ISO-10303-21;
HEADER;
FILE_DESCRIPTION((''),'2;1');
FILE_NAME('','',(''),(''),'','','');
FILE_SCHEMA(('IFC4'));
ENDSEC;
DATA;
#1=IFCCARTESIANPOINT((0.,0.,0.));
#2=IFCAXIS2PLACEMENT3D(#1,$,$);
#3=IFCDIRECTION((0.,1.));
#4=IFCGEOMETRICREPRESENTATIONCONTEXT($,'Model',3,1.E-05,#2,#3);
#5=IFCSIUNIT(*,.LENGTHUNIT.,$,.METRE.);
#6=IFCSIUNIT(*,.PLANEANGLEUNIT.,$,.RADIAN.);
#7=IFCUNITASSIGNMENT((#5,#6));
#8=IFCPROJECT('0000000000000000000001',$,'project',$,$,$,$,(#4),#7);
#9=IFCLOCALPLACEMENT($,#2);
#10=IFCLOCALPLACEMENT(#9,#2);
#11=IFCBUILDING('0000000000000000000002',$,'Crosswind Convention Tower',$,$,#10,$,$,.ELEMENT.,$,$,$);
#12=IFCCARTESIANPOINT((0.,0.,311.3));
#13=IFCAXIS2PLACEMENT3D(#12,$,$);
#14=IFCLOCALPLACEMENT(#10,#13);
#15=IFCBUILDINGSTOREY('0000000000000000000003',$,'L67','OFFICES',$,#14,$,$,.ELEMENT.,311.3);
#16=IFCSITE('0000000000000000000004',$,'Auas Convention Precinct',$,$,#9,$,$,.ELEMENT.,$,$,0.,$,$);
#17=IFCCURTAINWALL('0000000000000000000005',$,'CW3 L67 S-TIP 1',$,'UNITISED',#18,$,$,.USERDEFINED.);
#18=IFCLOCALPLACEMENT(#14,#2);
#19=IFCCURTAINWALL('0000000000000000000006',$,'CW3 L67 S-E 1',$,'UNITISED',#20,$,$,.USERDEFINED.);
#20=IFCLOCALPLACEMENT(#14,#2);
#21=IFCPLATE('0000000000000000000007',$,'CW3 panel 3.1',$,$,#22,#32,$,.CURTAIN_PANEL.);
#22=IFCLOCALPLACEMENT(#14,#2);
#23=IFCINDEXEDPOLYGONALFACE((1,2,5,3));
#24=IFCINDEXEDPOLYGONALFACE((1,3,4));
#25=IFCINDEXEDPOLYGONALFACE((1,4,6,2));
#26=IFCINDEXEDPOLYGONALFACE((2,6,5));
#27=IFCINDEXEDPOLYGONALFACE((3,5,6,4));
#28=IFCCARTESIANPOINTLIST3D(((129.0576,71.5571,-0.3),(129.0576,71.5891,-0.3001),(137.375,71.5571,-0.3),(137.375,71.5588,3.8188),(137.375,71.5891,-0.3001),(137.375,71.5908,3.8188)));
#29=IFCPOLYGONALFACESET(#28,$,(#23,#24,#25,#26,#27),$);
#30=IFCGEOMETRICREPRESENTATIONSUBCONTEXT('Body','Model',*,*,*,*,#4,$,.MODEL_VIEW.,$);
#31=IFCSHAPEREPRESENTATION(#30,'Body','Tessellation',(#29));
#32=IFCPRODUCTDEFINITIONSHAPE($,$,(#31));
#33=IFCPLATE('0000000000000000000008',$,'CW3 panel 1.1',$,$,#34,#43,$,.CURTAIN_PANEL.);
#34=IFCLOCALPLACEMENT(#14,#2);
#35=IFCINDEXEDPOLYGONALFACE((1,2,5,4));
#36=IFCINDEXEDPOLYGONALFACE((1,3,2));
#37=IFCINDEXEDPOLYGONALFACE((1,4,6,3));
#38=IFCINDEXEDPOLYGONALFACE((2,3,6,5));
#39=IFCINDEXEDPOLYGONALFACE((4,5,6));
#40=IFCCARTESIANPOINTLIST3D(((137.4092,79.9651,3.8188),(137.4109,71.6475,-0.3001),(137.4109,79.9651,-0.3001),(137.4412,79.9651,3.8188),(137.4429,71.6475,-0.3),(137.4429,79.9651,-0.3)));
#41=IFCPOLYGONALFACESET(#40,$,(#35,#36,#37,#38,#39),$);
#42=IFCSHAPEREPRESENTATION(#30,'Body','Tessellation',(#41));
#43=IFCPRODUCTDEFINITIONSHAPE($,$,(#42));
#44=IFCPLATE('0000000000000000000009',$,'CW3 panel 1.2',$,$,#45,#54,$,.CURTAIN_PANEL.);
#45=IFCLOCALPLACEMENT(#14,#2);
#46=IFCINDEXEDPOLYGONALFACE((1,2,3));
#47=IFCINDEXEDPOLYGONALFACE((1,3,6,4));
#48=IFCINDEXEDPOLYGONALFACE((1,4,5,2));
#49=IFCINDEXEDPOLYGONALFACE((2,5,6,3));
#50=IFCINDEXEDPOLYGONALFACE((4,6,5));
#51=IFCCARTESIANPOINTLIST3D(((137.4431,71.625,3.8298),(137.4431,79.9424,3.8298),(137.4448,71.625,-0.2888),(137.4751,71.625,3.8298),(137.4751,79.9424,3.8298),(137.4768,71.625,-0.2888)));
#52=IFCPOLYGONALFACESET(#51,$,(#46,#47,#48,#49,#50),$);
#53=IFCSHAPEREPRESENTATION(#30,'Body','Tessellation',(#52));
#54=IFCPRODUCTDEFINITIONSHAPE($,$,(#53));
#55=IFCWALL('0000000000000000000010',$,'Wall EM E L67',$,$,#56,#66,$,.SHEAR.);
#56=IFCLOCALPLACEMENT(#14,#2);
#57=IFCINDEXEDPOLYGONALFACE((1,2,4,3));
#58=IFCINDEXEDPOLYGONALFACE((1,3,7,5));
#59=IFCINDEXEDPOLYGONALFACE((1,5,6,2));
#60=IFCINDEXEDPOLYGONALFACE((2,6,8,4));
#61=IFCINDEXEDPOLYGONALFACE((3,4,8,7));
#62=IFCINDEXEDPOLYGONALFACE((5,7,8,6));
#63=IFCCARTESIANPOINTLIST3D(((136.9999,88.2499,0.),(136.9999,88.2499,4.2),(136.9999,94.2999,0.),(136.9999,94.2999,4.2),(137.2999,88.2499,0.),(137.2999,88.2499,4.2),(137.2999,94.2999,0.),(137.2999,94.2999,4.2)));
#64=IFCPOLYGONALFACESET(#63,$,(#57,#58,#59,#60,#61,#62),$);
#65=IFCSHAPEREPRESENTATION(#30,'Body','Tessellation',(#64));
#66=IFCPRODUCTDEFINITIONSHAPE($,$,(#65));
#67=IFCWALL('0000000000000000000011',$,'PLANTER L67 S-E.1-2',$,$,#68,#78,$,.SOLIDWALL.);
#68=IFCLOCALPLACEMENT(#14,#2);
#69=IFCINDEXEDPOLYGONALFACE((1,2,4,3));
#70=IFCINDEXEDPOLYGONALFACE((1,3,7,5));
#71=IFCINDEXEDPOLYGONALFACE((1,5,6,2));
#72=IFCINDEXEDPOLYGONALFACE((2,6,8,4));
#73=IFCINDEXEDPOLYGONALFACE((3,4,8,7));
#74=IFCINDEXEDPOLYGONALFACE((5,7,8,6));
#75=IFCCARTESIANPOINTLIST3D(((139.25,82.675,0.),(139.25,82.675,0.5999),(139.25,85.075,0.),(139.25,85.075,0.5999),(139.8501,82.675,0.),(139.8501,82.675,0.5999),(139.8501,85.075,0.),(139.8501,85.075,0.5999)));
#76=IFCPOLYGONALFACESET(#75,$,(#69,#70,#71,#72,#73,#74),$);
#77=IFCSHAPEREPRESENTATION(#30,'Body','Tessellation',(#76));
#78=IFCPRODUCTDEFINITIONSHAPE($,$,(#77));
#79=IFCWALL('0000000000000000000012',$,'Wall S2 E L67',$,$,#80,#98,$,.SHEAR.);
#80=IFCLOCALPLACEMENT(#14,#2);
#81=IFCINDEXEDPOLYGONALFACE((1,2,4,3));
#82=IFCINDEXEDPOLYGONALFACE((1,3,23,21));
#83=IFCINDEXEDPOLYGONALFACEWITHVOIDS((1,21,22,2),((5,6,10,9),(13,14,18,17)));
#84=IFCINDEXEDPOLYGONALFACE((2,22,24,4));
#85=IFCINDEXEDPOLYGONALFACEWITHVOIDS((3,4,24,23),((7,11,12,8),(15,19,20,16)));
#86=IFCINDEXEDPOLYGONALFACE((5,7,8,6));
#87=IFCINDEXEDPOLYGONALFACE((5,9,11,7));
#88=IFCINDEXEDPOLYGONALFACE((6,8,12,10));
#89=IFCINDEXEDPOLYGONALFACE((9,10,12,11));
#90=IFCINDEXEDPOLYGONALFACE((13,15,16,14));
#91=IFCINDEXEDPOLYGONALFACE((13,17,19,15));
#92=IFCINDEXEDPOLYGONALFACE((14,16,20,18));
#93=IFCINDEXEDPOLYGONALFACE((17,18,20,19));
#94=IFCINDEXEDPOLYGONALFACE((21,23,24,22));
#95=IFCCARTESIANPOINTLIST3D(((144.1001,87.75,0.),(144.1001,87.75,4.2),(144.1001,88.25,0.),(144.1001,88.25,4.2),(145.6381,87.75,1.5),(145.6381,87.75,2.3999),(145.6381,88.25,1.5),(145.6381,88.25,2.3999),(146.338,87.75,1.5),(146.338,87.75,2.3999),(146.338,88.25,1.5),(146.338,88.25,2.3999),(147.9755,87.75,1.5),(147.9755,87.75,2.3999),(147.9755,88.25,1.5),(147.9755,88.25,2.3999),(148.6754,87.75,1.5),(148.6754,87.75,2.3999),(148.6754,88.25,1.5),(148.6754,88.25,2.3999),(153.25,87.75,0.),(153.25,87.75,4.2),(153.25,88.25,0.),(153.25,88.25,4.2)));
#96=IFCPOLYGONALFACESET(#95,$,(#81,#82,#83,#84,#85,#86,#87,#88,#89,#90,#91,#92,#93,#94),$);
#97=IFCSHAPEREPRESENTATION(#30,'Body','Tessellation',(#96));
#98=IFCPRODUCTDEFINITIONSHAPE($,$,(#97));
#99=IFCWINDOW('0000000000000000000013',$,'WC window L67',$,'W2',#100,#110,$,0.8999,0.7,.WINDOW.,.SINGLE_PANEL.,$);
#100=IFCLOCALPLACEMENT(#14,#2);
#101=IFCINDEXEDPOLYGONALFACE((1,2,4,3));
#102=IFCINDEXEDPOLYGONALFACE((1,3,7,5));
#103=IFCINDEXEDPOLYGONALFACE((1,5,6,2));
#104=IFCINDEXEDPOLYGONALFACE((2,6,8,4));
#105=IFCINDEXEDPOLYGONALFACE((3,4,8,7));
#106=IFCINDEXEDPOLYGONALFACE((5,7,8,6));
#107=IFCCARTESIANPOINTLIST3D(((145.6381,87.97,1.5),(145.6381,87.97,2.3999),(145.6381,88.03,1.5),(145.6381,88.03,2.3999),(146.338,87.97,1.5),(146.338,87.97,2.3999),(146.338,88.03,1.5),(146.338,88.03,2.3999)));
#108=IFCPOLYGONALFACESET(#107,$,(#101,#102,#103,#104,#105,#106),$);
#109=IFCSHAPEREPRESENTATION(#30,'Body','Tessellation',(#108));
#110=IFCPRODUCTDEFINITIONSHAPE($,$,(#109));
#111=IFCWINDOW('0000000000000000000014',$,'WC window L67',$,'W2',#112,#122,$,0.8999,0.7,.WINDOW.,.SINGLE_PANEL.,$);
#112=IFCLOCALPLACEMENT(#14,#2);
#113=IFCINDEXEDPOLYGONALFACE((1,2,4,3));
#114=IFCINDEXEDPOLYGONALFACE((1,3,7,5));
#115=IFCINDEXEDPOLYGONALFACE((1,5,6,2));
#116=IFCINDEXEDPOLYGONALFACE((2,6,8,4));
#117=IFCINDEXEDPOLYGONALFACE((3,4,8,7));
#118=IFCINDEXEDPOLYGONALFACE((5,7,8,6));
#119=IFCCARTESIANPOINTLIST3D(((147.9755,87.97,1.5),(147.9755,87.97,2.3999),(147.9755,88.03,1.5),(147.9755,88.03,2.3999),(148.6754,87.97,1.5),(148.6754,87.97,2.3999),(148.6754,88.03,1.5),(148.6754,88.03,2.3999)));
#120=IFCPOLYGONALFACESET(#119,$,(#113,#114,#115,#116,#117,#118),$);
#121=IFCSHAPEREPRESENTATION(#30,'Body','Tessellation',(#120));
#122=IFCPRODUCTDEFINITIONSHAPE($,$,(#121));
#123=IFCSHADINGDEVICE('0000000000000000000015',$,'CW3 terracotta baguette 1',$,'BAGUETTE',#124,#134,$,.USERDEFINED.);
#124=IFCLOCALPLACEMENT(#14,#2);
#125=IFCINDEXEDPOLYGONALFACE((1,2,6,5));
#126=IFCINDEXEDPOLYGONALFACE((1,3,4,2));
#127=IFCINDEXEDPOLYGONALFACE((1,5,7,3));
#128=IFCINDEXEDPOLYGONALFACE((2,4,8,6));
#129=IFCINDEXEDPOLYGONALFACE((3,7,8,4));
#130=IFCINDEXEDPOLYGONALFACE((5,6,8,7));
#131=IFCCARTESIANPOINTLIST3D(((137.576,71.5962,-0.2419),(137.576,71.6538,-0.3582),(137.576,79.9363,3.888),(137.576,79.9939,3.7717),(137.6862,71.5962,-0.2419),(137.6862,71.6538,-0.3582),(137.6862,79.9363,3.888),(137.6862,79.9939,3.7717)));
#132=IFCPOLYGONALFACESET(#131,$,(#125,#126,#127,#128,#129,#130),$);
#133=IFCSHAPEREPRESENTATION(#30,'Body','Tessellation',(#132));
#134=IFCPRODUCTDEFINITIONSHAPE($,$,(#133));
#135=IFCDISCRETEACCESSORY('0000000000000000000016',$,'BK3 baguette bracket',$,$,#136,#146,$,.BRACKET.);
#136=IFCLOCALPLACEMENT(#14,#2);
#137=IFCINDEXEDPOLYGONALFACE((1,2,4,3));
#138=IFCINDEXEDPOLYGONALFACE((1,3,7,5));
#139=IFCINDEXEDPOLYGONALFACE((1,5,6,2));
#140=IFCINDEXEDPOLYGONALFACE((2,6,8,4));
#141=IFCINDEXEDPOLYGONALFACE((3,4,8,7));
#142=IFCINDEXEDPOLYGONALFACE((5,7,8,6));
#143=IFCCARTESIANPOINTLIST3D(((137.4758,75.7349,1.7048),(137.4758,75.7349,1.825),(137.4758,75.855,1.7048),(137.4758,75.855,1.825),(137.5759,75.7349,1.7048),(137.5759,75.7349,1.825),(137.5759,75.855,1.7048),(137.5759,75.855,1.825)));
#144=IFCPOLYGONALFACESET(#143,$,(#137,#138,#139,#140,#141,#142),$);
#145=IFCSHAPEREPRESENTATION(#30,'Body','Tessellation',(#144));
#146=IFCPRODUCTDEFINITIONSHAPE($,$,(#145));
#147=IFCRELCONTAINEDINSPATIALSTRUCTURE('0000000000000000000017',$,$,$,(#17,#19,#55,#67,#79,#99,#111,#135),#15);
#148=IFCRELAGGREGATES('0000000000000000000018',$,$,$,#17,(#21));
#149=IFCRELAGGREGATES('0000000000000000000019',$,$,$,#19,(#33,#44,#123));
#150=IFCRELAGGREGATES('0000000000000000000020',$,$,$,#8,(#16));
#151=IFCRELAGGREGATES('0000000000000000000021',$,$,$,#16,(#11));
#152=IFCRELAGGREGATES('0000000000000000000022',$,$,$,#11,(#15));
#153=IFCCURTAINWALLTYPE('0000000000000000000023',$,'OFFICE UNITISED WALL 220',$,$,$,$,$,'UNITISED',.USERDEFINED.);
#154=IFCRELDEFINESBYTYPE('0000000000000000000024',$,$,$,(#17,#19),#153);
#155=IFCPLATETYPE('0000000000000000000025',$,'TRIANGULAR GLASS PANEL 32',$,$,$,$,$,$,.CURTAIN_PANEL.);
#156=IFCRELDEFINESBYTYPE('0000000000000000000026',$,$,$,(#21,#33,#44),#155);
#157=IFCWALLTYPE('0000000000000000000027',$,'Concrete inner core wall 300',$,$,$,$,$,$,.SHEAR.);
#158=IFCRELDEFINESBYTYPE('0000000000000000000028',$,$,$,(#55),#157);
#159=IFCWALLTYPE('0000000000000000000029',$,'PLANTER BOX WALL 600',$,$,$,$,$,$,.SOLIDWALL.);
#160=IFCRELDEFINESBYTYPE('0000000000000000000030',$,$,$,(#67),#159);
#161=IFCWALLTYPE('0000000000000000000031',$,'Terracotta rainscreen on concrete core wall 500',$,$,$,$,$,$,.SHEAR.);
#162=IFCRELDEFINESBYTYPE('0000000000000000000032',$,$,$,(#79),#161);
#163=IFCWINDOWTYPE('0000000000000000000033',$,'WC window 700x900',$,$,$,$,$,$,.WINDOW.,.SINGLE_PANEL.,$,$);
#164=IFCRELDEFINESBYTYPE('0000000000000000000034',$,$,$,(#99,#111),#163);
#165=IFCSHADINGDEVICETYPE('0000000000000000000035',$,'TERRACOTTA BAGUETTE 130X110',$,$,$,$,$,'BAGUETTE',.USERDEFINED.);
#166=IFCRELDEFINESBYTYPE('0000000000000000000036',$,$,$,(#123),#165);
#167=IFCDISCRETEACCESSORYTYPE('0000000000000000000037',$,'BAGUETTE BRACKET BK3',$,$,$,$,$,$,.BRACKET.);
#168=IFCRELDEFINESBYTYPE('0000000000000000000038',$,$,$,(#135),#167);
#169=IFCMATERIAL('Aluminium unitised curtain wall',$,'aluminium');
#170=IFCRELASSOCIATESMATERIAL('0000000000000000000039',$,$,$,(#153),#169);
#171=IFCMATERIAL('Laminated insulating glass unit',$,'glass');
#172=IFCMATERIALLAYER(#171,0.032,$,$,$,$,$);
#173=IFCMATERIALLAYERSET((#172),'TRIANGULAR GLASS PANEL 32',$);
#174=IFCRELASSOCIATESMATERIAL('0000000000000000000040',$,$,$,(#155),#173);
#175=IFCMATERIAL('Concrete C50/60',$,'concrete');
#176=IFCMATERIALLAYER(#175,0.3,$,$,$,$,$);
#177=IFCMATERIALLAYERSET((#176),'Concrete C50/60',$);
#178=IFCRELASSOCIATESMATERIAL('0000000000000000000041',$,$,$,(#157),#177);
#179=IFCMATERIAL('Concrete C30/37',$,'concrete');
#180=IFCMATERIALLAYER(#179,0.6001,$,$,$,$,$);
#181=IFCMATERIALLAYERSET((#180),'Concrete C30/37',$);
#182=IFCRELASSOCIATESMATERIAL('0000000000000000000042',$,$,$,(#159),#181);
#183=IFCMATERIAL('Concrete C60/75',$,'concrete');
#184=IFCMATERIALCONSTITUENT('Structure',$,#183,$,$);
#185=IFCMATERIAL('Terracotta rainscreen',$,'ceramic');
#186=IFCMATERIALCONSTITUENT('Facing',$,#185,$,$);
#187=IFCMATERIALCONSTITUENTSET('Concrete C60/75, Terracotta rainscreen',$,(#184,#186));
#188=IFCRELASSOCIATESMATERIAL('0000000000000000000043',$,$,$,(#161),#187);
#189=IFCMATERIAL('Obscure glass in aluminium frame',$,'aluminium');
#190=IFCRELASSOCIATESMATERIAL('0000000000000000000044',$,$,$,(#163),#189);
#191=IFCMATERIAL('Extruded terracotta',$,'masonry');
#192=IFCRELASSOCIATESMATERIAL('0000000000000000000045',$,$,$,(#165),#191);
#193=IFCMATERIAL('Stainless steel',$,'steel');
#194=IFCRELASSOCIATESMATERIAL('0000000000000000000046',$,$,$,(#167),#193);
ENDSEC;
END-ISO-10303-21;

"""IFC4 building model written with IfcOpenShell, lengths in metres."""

from ifc_helpers import new_model, si_unit, direction, frame, frame_2d, origin, origin_2d, place, context, subcontext, project, spatial, polyline, rectangle, outline, extrude, material, layer, layer_set, constituent, constituent_set, material_profile, profile_set, type_object, element, fill, aggregate, save


model = new_model("IFC4")

# Units and contexts
model_context = context("Model", 3, precision=1e-05, world=origin(), true_north=direction((0.0, 1.0)))
body_context = subcontext(model_context, "Body", "Model", "MODEL_VIEW")
ifc_project = project(units=[si_unit("LENGTHUNIT", "METRE"), si_unit("PLANEANGLEUNIT", "RADIAN")], contexts=[model_context])

# Site, building, storey
site_placement = place(None, origin())
site = spatial("IfcSite", under=ifc_project, at=site_placement, Name="Auas Convention Precinct", CompositionType="ELEMENT", RefElevation=0.0)
building_placement = place(site_placement, origin())
building = spatial("IfcBuilding", under=site, at=building_placement, Name="Crosswind Convention Tower", CompositionType="ELEMENT")
storey_placement = place(building_placement, frame((0.0, 0.0, 311.3)))
storey = spatial("IfcBuildingStorey", under=building, at=storey_placement, Name="L67", Description="OFFICES", CompositionType="ELEMENT", Elevation=311.3)

# Curtain wall
ifc_material_1 = material(Name="Aluminium unitised curtain wall", Category="aluminium")
curtain_wall_type = type_object("IfcCurtainWallType", Name="OFFICE UNITISED WALL 220", ElementType="UNITISED", PredefinedType="USERDEFINED", material=ifc_material_1)
curtain_wall_1_placement = place(storey_placement, origin())
curtain_wall_1 = element("IfcCurtainWall", 1, at=curtain_wall_1_placement, inside=storey, type_object=curtain_wall_type, Name="CW3 L67 S-TIP 1", ObjectType="UNITISED", PredefinedType="USERDEFINED")

# Curtain wall
curtain_wall_2_placement = place(storey_placement, origin())
curtain_wall_2 = element("IfcCurtainWall", 2, at=curtain_wall_2_placement, inside=storey, type_object=curtain_wall_type, Name="CW3 L67 S-E 1", ObjectType="UNITISED", PredefinedType="USERDEFINED")

# Plates
ifc_material_2 = material(Name="Laminated insulating glass unit", Category="glass")
ifc_layer_1 = layer(ifc_material_2, 0.032)
ifc_layer_set_1 = layer_set([ifc_layer_1], Name="TRIANGULAR GLASS PANEL 32")
plate_type = type_object("IfcPlateType", Name="TRIANGULAR GLASS PANEL 32", PredefinedType="CURTAIN_PANEL", material=ifc_layer_set_1)
plate_1_placement = place(storey_placement, frame((137.375, 71.5571, -0.3), z_axis=(0.0, -1.0, 0.000415), x_axis=(0.0, 0.000415, 1.0)))
plate_1 = element("IfcPlate", 3, at=plate_1_placement, type_object=plate_type, Name="CW3 panel 3.1", PredefinedType="CURTAIN_PANEL", context=body_context, shape_type="SweptSolid", body=[
    extrude(outline(polyline([(0.0, 0.0), (4.1189, 0.0), (0.0, 8.3174), (0.0, 0.0)])), origin(), (0.0, 0.0, -1.0), 0.032),
])
aggregate(curtain_wall_1, [plate_1])
plate_2_placement = place(storey_placement, frame((137.4429, 79.9651, -0.3), z_axis=(1.0, 0.0, 0.000415), x_axis=(-0.000415, 0.0, 1.0)))
plate_2 = element("IfcPlate", 4, at=plate_2_placement, type_object=plate_type, Name="CW3 panel 1.1", PredefinedType="CURTAIN_PANEL", context=body_context, shape_type="SweptSolid", body=[
    extrude(outline(polyline([(0.0, 0.0), (4.1189, 0.0), (0.0, 8.3176), (0.0, 0.0)])), origin(), (0.0, 0.0, -1.0), 0.032),
])
plate_3_placement = place(storey_placement, frame((137.4751, 71.625, 3.8298), z_axis=(1.0, 0.0, 0.000415), x_axis=(0.000415, 0.0, -1.0)))
plate_3 = element("IfcPlate", 5, at=plate_3_placement, type_object=plate_type, Name="CW3 panel 1.2", PredefinedType="CURTAIN_PANEL", context=body_context, shape_type="SweptSolid", body=[
    extrude(outline(polyline([(0.0, 0.0), (4.1187, 0.0), (0.0, 8.3174), (0.0, 0.0)])), origin(), (0.0, 0.0, -1.0), 0.032),
])

# Walls
ifc_material_3 = material(Name="Concrete C50/60", Category="concrete")
ifc_layer_2 = layer(ifc_material_3, 0.3)
ifc_layer_set_2 = layer_set([ifc_layer_2], Name="Concrete C50/60")
wall_type_1 = type_object("IfcWallType", Name="Concrete inner core wall 300", PredefinedType="SHEAR", material=ifc_layer_set_2)
wall_1_placement = place(storey_placement, frame((137.1499, 88.25, 0.0), z_axis=(0.0, 0.0, 1.0), x_axis=(0.0, 1.0, 0.0)))
element("IfcWall", 6, at=wall_1_placement, inside=storey, type_object=wall_type_1, Name="Wall EM E L67", PredefinedType="SHEAR", context=body_context, shape_type="SweptSolid", body=[
    extrude(rectangle(XDim=6.05, YDim=0.3, at=frame_2d((3.0249, 0.0))), origin(), (0.0, 0.0, 1.0), 4.2),
])
ifc_material_4 = material(Name="Concrete C30/37", Category="concrete")
ifc_layer_3 = layer(ifc_material_4, 0.6001)
ifc_layer_set_3 = layer_set([ifc_layer_3], Name="Concrete C30/37")
wall_type_2 = type_object("IfcWallType", Name="PLANTER BOX WALL 600", PredefinedType="SOLIDWALL", material=ifc_layer_set_3)
wall_2_placement = place(storey_placement, frame((139.55, 82.675, 0.0), z_axis=(0.0, 0.0, 1.0), x_axis=(0.0, 1.0, 0.0)))
element("IfcWall", 7, at=wall_2_placement, inside=storey, type_object=wall_type_2, Name="PLANTER L67 S-E.1-2", PredefinedType="SOLIDWALL", context=body_context, shape_type="SweptSolid", body=[
    extrude(rectangle(XDim=2.3999, YDim=0.6001, at=frame_2d((1.2, 0.0))), origin(), (0.0, 0.0, 1.0), 0.5999),
])

# Shared definitions
ifc_material_5 = material(Name="Terracotta rainscreen", Category="ceramic")

# Wall, openings, windows
ifc_material_6 = material(Name="Concrete C60/75", Category="concrete")
ifc_constituent_1 = constituent(ifc_material_6, Name="Structure")
ifc_constituent_2 = constituent(ifc_material_5, Name="Facing")
ifc_constituent_set = constituent_set(constituents=[ifc_constituent_1, ifc_constituent_2], Name="Concrete C60/75, Terracotta rainscreen")
wall_type_3 = type_object("IfcWallType", Name="Terracotta rainscreen on concrete core wall 500", PredefinedType="SHEAR", material=ifc_constituent_set)
wall_3_placement = place(storey_placement, frame((144.1001, 88.0, 0.0), z_axis=(0.0, 0.0, 1.0), x_axis=(1.0, 0.0, 0.0)))
wall_3 = element("IfcWall", 8, at=wall_3_placement, inside=storey, type_object=wall_type_3, Name="Wall S2 E L67", PredefinedType="SHEAR", context=body_context, shape_type="SweptSolid", body=[
    extrude(rectangle(XDim=9.1499, YDim=0.5, at=frame_2d((4.575, 0.0))), origin(), (0.0, 0.0, 1.0), 4.2),
])
opening_1_placement = place(wall_3_placement, frame((1.5378, 0.0, 1.5)))
opening_1 = element("IfcOpeningElement", 9, at=opening_1_placement, cuts=wall_3, PredefinedType="OPENING", context=body_context, shape_type="SweptSolid", body=[
    extrude(rectangle(XDim=0.7, YDim=0.8999, at=frame_2d((0.3501, 0.45))), frame((0.0, 0.26, 0.0), z_axis=(0.0, -1.0, 0.0), x_axis=(1.0, 0.0, 0.0)), (0.0, 0.0, 1.0), 0.52),
])
opening_2_placement = place(wall_3_placement, frame((3.8752, 0.0, 1.5)))
opening_2 = element("IfcOpeningElement", 10, at=opening_2_placement, cuts=wall_3, PredefinedType="OPENING", context=body_context, shape_type="SweptSolid", body=[
    extrude(rectangle(XDim=0.7, YDim=0.8999, at=frame_2d((0.3501, 0.45))), frame((0.0, 0.26, 0.0), z_axis=(0.0, -1.0, 0.0), x_axis=(1.0, 0.0, 0.0)), (0.0, 0.0, 1.0), 0.52),
])
ifc_material_7 = material(Name="Obscure glass in aluminium frame", Category="aluminium")
window_type = type_object("IfcWindowType", Name="WC window 700x900", PartitioningType="SINGLE_PANEL", PredefinedType="WINDOW", material=ifc_material_7)
window_1_placement = place(opening_1_placement, origin())
window_1 = element("IfcWindow", 11, at=window_1_placement, inside=storey, type_object=window_type, Name="WC window L67", ObjectType="W2", OverallHeight=0.8999, OverallWidth=0.7, PartitioningType="SINGLE_PANEL", PredefinedType="WINDOW", context=body_context, shape_type="SweptSolid", body=[
    extrude(rectangle(XDim=0.7, YDim=0.8999, at=frame_2d((0.3501, 0.45))), frame((0.0, 0.03, 0.0), z_axis=(0.0, -1.0, 0.0), x_axis=(1.0, 0.0, 0.0)), (0.0, 0.0, 1.0), 0.0601),
])
fill(opening_1, window_1)
window_2_placement = place(opening_2_placement, origin())
window_2 = element("IfcWindow", 12, at=window_2_placement, inside=storey, type_object=window_type, Name="WC window L67", ObjectType="W2", OverallHeight=0.8999, OverallWidth=0.7, PartitioningType="SINGLE_PANEL", PredefinedType="WINDOW", context=body_context, shape_type="SweptSolid", body=[
    extrude(rectangle(XDim=0.7, YDim=0.8999, at=frame_2d((0.3501, 0.45))), frame((0.0, 0.03, 0.0), z_axis=(0.0, -1.0, 0.0), x_axis=(1.0, 0.0, 0.0)), (0.0, 0.0, 1.0), 0.0601),
])
fill(opening_2, window_2)

# Shading device
ifc_material_8 = material(Name="Extruded terracotta", Category="masonry")
ifc_material_profile_1 = material_profile(ifc_material_8, rectangle(XDim=0.1101, YDim=0.1299, at=origin_2d()), Name="TC 110X130")
ifc_profile_set_1 = profile_set([ifc_material_profile_1], Name="Extruded terracotta")
shading_device_type = type_object("IfcShadingDeviceType", Name="TERRACOTTA BAGUETTE 130X110", ElementType="BAGUETTE", PredefinedType="USERDEFINED", material=ifc_profile_set_1)
shading_device_placement = place(storey_placement, frame((137.6311, 71.625, -0.3), z_axis=(0.0, 0.896147, 0.443758), x_axis=(-1.0, 0.0, 0.0)))
shading_device = element("IfcShadingDevice", 13, at=shading_device_placement, type_object=shading_device_type, Name="CW3 terracotta baguette 1", ObjectType="BAGUETTE", PredefinedType="USERDEFINED", context=body_context, shape_type="SweptSolid", body=[
    extrude(rectangle(XDim=0.1101, YDim=0.1299, at=origin_2d()), origin(), (0.0, 0.0, 1.0), 9.3066),
])
aggregate(curtain_wall_2, [plate_2, plate_3, shading_device])

# Discrete accessory
ifc_material_9 = material(Name="Stainless steel", Category="steel")
discrete_accessory_type = type_object("IfcDiscreteAccessoryType", Name="BAGUETTE BRACKET BK3", PredefinedType="BRACKET", material=ifc_material_9)
discrete_accessory_placement = place(storey_placement, frame((137.5259, 75.7949, 1.7048), z_axis=(0.0, 0.0, 1.0), x_axis=(0.0, 1.0, 0.0)))
element("IfcDiscreteAccessory", 14, at=discrete_accessory_placement, inside=storey, type_object=discrete_accessory_type, Name="BK3 baguette bracket", PredefinedType="BRACKET", context=body_context, shape_type="SweptSolid", body=[
    extrude(rectangle(XDim=0.1201, YDim=0.1001, at=origin_2d()), origin(), (0.0, 0.0, 1.0), 0.1201),
])

save(model, "model.ifc")
